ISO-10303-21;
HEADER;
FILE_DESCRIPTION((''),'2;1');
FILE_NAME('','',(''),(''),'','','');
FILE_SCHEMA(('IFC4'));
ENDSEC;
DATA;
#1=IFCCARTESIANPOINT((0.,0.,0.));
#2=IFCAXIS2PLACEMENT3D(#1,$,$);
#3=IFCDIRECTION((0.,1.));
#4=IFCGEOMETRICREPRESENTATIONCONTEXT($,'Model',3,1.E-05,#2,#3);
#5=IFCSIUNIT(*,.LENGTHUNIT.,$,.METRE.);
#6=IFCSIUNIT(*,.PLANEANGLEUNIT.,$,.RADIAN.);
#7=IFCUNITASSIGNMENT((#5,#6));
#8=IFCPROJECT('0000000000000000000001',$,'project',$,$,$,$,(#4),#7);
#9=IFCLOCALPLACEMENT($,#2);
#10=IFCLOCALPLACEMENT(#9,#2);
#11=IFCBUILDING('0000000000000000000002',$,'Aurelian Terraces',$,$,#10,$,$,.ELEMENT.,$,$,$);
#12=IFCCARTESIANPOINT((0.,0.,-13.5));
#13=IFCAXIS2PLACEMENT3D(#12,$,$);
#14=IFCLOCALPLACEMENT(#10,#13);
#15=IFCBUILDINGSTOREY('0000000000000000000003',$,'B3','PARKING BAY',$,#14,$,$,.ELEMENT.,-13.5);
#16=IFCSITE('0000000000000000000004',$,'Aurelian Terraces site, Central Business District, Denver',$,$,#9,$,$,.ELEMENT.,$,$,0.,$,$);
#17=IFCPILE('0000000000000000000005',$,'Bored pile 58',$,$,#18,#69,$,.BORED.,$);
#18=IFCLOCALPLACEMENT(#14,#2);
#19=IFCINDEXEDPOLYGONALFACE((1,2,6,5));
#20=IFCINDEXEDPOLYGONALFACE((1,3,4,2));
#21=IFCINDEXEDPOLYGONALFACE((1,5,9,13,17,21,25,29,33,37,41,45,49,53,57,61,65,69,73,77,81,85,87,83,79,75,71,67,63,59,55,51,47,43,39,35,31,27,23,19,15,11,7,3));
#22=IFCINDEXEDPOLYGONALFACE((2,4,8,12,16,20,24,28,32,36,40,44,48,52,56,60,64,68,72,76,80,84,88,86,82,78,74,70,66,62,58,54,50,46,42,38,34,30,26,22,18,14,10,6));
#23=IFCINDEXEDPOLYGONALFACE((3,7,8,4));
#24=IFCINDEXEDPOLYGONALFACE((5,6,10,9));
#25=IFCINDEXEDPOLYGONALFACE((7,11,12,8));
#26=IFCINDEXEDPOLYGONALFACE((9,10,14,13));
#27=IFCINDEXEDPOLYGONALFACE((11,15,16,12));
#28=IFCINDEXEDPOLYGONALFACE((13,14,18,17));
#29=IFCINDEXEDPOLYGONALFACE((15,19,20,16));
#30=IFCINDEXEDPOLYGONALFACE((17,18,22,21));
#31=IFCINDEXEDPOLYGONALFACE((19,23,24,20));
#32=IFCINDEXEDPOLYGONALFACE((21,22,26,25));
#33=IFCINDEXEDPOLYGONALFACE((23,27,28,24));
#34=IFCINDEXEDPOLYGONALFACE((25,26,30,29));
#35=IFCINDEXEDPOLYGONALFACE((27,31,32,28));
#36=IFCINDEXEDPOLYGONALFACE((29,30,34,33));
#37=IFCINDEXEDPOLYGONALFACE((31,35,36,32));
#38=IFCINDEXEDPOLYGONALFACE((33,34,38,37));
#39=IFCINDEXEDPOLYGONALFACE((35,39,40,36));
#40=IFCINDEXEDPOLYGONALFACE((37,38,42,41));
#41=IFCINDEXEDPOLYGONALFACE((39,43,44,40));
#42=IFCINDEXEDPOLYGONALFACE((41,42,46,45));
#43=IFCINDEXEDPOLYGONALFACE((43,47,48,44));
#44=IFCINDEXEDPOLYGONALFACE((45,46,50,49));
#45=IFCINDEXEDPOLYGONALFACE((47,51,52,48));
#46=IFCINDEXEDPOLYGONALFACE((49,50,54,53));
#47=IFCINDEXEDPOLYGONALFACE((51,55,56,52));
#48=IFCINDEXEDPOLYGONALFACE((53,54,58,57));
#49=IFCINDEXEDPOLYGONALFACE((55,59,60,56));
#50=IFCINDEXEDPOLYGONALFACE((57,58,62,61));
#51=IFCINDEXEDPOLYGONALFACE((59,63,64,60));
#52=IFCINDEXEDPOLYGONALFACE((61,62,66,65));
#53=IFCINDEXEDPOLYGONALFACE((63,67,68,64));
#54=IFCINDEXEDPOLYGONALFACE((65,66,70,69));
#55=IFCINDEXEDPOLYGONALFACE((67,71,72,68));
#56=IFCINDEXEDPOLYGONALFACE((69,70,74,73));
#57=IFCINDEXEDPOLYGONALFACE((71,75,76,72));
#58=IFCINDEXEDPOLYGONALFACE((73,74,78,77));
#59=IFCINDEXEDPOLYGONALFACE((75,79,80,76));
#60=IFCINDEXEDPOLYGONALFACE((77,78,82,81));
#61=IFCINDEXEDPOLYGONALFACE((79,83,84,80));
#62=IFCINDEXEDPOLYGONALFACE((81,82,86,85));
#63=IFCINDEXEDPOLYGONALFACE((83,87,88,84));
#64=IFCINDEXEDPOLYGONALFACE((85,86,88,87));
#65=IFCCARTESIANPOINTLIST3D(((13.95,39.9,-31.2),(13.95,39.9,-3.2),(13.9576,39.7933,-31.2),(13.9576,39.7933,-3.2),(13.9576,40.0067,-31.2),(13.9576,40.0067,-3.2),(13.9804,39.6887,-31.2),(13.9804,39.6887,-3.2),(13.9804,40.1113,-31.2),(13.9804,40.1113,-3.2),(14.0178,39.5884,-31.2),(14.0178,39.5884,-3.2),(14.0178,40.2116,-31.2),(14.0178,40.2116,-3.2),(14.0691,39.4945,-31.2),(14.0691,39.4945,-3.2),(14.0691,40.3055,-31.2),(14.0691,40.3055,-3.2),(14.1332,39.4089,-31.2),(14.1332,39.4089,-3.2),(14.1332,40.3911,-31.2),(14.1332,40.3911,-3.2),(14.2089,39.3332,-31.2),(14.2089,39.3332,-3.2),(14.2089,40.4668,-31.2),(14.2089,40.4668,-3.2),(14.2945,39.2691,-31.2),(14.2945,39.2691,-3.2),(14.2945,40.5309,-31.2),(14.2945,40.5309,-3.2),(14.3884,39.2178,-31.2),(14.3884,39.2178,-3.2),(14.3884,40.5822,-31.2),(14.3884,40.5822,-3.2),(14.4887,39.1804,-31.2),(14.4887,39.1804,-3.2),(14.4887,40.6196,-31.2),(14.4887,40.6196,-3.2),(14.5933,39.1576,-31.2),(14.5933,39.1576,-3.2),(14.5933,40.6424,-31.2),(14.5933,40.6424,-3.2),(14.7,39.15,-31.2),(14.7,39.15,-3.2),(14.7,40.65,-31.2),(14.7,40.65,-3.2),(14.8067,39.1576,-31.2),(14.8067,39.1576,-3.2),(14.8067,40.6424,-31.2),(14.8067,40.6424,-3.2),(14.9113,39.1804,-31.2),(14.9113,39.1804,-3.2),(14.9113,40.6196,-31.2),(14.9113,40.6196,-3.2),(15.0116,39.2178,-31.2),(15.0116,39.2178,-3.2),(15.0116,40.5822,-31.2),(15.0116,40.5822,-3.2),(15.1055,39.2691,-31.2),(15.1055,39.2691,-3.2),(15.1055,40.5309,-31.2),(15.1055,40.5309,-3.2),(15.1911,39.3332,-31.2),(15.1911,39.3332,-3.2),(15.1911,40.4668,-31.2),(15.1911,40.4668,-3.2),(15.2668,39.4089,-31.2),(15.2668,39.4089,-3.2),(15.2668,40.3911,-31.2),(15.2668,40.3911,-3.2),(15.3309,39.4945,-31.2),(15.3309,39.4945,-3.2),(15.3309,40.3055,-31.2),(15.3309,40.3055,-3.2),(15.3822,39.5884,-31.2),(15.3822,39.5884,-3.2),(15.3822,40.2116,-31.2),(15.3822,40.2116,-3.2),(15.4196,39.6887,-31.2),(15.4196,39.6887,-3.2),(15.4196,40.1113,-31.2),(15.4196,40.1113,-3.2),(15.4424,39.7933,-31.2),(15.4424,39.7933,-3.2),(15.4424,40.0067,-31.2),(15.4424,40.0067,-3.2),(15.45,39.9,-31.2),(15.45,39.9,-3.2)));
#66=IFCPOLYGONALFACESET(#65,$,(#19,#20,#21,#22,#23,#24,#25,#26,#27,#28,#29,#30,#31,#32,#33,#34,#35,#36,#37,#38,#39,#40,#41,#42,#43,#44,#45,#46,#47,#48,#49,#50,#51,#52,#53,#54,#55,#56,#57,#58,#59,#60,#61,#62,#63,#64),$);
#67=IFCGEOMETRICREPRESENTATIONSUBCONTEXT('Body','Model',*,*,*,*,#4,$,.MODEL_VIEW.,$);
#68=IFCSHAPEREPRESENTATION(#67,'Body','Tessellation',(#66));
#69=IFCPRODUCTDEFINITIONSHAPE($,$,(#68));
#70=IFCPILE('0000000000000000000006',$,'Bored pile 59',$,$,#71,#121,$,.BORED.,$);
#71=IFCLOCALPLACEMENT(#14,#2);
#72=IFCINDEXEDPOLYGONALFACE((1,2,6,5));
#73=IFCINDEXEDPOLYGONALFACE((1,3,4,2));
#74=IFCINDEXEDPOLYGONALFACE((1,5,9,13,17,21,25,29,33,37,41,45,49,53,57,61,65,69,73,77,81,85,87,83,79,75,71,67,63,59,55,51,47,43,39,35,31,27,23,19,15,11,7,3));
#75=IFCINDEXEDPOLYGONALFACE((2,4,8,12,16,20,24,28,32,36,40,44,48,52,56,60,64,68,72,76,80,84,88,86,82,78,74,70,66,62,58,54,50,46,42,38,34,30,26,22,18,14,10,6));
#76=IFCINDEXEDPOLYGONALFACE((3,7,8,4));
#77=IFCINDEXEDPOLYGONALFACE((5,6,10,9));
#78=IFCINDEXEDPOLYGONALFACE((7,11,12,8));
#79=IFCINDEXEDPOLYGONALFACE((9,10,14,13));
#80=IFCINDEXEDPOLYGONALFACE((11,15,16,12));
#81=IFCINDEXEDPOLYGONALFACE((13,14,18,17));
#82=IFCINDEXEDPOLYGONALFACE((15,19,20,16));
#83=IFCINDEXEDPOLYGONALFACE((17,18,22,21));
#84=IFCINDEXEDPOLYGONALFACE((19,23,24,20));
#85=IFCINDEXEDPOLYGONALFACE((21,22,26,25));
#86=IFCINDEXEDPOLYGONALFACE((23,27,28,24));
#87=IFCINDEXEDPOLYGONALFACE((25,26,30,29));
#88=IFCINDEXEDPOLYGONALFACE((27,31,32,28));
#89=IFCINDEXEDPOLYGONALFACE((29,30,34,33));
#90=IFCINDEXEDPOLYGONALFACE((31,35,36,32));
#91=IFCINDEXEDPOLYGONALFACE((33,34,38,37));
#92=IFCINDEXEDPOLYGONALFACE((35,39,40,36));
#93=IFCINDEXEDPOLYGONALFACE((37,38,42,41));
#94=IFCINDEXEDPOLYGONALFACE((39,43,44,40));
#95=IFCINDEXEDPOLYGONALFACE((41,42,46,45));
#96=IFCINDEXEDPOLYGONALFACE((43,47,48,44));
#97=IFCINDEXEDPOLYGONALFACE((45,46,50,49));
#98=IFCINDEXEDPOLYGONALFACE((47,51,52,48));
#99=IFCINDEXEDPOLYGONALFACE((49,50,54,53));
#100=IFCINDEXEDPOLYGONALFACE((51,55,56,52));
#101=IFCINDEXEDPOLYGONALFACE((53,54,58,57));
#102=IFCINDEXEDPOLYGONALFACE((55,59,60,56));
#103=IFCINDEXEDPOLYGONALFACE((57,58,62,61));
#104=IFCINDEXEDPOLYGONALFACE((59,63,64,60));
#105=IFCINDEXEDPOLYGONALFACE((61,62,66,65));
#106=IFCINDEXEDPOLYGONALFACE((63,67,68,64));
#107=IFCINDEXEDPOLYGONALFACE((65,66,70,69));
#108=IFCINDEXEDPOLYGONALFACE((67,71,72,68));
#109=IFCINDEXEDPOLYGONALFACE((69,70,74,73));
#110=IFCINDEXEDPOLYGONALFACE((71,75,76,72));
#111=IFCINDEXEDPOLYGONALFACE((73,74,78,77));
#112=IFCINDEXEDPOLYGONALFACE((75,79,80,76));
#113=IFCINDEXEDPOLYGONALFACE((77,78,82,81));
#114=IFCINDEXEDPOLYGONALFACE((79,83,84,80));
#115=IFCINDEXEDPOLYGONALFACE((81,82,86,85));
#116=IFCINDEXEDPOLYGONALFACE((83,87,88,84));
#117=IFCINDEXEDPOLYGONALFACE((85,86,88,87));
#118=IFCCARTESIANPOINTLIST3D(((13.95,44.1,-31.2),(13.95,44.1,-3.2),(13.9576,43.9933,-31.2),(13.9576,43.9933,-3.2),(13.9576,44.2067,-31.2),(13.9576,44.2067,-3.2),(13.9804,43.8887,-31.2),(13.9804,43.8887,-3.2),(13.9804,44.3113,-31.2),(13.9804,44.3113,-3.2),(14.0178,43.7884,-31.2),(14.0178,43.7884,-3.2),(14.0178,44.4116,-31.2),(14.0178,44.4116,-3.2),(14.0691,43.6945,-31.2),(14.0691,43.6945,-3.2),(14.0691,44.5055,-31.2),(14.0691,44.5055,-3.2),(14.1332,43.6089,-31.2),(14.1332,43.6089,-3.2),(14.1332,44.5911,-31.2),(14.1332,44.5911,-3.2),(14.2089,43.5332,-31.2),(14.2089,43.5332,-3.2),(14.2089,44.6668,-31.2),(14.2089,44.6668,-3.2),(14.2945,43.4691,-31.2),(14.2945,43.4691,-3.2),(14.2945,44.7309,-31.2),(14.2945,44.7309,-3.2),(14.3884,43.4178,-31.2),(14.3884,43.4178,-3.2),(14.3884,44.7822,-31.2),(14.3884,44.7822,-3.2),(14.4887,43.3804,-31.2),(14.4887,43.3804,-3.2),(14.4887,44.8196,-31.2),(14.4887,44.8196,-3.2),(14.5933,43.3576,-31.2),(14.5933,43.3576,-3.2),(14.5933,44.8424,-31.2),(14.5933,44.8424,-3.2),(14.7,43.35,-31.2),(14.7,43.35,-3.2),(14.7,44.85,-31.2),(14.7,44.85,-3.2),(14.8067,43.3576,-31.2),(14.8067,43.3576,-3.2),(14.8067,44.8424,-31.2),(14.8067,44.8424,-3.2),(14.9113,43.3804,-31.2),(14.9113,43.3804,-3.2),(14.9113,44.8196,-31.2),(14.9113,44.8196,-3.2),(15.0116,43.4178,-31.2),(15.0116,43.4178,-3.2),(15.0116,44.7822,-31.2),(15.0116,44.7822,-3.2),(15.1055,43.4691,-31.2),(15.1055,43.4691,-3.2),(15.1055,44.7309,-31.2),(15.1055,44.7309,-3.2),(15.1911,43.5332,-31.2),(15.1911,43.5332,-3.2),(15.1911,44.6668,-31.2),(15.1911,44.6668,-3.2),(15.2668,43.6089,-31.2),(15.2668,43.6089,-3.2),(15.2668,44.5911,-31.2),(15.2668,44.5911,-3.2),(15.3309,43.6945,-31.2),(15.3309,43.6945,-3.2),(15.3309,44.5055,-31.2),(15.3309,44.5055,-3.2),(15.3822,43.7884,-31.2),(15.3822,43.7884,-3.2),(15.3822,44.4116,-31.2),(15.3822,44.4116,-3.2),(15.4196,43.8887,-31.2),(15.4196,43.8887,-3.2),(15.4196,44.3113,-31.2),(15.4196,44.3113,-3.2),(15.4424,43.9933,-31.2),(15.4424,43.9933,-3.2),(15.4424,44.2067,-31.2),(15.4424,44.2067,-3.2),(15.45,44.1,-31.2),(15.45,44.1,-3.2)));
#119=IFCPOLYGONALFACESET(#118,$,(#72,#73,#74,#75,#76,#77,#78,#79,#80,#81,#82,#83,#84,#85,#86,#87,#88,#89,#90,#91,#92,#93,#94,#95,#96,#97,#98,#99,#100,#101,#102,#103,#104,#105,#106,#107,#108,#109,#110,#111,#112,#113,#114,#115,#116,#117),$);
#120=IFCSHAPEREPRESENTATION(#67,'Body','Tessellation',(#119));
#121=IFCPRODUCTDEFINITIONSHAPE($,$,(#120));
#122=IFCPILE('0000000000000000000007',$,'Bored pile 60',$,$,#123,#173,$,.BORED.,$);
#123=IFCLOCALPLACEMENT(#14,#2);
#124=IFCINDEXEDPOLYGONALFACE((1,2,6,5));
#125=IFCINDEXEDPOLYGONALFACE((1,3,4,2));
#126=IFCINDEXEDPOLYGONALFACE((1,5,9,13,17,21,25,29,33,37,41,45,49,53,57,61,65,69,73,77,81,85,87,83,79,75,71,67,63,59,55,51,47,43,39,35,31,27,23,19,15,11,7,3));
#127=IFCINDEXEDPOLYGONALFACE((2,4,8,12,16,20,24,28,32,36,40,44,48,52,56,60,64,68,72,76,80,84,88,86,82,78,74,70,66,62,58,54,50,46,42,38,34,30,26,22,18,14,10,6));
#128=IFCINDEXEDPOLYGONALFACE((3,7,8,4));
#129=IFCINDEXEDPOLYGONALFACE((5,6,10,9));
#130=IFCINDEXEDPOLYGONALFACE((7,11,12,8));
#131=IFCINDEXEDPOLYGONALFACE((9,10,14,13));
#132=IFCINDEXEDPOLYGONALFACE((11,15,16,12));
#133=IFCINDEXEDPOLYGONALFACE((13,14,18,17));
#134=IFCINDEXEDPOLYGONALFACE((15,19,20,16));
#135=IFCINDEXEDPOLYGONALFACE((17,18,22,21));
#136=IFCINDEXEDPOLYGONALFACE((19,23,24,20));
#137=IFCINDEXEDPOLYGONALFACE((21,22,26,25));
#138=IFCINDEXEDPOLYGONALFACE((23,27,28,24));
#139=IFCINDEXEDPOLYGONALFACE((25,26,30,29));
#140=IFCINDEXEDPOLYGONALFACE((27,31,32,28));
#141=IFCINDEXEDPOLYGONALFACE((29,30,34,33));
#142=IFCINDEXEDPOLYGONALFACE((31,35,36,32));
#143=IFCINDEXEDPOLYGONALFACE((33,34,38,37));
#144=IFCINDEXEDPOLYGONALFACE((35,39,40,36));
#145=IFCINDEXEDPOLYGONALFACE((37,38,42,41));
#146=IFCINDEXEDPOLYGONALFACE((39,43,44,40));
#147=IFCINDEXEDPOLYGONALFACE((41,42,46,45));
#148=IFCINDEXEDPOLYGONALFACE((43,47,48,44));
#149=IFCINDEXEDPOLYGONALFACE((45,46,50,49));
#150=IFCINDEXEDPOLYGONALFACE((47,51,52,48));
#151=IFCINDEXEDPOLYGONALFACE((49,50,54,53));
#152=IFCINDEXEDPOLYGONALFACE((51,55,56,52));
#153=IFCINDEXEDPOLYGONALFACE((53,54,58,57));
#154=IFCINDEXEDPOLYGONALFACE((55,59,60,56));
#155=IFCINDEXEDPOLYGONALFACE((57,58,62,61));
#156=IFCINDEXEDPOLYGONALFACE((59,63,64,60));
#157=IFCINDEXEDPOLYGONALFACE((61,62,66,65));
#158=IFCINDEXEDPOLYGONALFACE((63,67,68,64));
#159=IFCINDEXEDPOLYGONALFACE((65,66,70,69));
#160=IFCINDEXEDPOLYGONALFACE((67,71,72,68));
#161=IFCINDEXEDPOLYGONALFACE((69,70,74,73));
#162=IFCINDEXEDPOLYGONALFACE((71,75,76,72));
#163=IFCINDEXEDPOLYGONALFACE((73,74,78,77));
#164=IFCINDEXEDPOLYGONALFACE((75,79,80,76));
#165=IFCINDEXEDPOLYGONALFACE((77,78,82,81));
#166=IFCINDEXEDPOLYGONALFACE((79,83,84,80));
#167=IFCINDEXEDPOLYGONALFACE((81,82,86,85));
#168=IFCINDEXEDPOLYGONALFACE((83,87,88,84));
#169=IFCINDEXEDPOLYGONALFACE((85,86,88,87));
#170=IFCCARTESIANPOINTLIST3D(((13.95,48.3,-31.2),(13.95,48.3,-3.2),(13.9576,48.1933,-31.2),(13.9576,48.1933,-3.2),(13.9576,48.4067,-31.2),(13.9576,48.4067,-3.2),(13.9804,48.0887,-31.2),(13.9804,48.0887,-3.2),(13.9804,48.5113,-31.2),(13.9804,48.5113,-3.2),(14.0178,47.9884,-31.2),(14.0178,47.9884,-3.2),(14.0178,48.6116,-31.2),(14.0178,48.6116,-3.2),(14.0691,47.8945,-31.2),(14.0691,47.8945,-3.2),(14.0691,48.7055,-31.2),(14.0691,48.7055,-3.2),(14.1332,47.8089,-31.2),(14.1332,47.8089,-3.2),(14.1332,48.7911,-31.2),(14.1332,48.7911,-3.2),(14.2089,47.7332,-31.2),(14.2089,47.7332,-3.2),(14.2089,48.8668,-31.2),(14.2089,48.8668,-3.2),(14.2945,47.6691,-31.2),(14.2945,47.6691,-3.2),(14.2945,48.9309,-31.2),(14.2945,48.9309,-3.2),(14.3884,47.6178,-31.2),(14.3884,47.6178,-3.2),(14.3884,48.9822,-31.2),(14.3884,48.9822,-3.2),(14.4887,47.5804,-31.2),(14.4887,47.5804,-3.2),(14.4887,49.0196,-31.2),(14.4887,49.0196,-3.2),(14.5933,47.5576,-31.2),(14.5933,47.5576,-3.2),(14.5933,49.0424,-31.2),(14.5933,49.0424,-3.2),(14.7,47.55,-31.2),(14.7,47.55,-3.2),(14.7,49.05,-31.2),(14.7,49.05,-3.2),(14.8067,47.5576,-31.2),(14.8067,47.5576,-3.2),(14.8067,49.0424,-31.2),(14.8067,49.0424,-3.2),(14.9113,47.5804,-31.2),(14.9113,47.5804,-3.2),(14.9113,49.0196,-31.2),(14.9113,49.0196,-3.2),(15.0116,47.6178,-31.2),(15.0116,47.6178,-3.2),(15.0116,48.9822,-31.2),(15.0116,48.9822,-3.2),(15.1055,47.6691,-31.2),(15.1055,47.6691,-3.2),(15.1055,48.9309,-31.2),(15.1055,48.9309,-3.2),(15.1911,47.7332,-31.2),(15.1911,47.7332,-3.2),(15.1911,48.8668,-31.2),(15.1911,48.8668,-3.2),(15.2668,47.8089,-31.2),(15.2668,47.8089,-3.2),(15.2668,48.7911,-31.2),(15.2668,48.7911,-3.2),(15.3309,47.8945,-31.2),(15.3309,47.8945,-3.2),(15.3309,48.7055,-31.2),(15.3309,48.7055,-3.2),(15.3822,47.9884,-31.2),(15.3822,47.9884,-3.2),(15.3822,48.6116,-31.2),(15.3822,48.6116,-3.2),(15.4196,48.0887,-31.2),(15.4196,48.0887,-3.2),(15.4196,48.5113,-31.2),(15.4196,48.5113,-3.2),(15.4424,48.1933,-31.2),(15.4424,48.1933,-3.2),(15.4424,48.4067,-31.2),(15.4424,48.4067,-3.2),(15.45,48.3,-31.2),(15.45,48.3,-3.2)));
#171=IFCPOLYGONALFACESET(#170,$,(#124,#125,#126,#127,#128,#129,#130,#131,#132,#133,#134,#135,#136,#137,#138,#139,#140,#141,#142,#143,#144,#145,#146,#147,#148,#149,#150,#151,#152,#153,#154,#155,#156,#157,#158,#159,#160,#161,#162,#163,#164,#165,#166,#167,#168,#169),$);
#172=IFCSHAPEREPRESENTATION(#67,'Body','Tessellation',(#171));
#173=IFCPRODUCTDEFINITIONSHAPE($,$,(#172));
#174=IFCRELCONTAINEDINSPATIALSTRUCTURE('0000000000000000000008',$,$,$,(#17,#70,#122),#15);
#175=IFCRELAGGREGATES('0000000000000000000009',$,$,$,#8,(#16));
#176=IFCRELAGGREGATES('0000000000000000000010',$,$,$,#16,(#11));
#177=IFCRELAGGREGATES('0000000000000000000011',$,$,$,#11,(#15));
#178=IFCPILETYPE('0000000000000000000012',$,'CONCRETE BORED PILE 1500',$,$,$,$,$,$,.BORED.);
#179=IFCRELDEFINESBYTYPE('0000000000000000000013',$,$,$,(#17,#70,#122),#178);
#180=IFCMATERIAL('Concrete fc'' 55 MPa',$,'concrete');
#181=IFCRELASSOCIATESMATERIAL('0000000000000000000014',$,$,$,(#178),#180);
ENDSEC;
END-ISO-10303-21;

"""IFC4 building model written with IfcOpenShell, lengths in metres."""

from ifc_helpers import new_model, si_unit, direction, frame, origin, origin_2d, place, context, subcontext, project, spatial, circle, extrude, source, transform, mapped, material, material_profile, profile_set, type_object, element, save


model = new_model("IFC4")

# Units and contexts
model_context = context("Model", 3, precision=1e-05, world=origin(), true_north=direction((0.0, 1.0)))
body_context = subcontext(model_context, "Body", "Model", "MODEL_VIEW")
ifc_project = project(units=[si_unit("LENGTHUNIT", "METRE"), si_unit("PLANEANGLEUNIT", "RADIAN")], contexts=[model_context])

# Site, building, storey
site_placement = place(None, origin())
site = spatial("IfcSite", under=ifc_project, at=site_placement, Name="Aurelian Terraces site, Central Business District, Denver", CompositionType="ELEMENT", RefElevation=0.0)
building_placement = place(site_placement, origin())
building = spatial("IfcBuilding", under=site, at=building_placement, Name="Aurelian Terraces", CompositionType="ELEMENT")
storey_placement = place(building_placement, frame((0.0, 0.0, -13.5)))
storey = spatial("IfcBuildingStorey", under=building, at=storey_placement, Name="B3", Description="PARKING BAY", CompositionType="ELEMENT", Elevation=-13.5)

# Piles
ifc_material_1 = material(Name="Concrete fc' 55 MPa", Category="concrete")
ifc_material_profile_1 = material_profile(ifc_material_1, circle(Radius=0.75, at=origin_2d()))
ifc_profile_set_1 = profile_set([ifc_material_profile_1], Name="Concrete fc' 55 MPa")
pile_type = type_object("IfcPileType", Name="CONCRETE BORED PILE 1500", PredefinedType="BORED", material=ifc_profile_set_1)
shared_shape_1 = source(origin(), body_context, "Body", "SweptSolid", [
    extrude(circle(Radius=0.75, at=origin_2d()), origin(), (0.0, 0.0, 1.0), 28.0),
])
for number, where, z_axis, x_axis, name in (
    (1, (14.7, 39.9, -3.2), (0.0, 0.0, -1.0), (1.0, 0.0, 0.0), "Bored pile 58"),
    (2, (14.7, 44.1, -3.2), (0.0, 0.0, -1.0), (1.0, 0.0, 0.0), "Bored pile 59"),
    (3, (14.7, 48.3, -3.2), (0.0, 0.0, -1.0), (1.0, 0.0, 0.0), "Bored pile 60"),
):
    element("IfcPile", number, at=place(storey_placement, frame(where, z_axis=z_axis, x_axis=x_axis)), inside=storey, type_object=pile_type, Name=name, PredefinedType="BORED", context=body_context, shape_type="MappedRepresentation", body=[
        mapped(shared_shape_1, transform((0.0, 0.0, 0.0), scale=1.0)),
    ])

save(model, "model.ifc")
